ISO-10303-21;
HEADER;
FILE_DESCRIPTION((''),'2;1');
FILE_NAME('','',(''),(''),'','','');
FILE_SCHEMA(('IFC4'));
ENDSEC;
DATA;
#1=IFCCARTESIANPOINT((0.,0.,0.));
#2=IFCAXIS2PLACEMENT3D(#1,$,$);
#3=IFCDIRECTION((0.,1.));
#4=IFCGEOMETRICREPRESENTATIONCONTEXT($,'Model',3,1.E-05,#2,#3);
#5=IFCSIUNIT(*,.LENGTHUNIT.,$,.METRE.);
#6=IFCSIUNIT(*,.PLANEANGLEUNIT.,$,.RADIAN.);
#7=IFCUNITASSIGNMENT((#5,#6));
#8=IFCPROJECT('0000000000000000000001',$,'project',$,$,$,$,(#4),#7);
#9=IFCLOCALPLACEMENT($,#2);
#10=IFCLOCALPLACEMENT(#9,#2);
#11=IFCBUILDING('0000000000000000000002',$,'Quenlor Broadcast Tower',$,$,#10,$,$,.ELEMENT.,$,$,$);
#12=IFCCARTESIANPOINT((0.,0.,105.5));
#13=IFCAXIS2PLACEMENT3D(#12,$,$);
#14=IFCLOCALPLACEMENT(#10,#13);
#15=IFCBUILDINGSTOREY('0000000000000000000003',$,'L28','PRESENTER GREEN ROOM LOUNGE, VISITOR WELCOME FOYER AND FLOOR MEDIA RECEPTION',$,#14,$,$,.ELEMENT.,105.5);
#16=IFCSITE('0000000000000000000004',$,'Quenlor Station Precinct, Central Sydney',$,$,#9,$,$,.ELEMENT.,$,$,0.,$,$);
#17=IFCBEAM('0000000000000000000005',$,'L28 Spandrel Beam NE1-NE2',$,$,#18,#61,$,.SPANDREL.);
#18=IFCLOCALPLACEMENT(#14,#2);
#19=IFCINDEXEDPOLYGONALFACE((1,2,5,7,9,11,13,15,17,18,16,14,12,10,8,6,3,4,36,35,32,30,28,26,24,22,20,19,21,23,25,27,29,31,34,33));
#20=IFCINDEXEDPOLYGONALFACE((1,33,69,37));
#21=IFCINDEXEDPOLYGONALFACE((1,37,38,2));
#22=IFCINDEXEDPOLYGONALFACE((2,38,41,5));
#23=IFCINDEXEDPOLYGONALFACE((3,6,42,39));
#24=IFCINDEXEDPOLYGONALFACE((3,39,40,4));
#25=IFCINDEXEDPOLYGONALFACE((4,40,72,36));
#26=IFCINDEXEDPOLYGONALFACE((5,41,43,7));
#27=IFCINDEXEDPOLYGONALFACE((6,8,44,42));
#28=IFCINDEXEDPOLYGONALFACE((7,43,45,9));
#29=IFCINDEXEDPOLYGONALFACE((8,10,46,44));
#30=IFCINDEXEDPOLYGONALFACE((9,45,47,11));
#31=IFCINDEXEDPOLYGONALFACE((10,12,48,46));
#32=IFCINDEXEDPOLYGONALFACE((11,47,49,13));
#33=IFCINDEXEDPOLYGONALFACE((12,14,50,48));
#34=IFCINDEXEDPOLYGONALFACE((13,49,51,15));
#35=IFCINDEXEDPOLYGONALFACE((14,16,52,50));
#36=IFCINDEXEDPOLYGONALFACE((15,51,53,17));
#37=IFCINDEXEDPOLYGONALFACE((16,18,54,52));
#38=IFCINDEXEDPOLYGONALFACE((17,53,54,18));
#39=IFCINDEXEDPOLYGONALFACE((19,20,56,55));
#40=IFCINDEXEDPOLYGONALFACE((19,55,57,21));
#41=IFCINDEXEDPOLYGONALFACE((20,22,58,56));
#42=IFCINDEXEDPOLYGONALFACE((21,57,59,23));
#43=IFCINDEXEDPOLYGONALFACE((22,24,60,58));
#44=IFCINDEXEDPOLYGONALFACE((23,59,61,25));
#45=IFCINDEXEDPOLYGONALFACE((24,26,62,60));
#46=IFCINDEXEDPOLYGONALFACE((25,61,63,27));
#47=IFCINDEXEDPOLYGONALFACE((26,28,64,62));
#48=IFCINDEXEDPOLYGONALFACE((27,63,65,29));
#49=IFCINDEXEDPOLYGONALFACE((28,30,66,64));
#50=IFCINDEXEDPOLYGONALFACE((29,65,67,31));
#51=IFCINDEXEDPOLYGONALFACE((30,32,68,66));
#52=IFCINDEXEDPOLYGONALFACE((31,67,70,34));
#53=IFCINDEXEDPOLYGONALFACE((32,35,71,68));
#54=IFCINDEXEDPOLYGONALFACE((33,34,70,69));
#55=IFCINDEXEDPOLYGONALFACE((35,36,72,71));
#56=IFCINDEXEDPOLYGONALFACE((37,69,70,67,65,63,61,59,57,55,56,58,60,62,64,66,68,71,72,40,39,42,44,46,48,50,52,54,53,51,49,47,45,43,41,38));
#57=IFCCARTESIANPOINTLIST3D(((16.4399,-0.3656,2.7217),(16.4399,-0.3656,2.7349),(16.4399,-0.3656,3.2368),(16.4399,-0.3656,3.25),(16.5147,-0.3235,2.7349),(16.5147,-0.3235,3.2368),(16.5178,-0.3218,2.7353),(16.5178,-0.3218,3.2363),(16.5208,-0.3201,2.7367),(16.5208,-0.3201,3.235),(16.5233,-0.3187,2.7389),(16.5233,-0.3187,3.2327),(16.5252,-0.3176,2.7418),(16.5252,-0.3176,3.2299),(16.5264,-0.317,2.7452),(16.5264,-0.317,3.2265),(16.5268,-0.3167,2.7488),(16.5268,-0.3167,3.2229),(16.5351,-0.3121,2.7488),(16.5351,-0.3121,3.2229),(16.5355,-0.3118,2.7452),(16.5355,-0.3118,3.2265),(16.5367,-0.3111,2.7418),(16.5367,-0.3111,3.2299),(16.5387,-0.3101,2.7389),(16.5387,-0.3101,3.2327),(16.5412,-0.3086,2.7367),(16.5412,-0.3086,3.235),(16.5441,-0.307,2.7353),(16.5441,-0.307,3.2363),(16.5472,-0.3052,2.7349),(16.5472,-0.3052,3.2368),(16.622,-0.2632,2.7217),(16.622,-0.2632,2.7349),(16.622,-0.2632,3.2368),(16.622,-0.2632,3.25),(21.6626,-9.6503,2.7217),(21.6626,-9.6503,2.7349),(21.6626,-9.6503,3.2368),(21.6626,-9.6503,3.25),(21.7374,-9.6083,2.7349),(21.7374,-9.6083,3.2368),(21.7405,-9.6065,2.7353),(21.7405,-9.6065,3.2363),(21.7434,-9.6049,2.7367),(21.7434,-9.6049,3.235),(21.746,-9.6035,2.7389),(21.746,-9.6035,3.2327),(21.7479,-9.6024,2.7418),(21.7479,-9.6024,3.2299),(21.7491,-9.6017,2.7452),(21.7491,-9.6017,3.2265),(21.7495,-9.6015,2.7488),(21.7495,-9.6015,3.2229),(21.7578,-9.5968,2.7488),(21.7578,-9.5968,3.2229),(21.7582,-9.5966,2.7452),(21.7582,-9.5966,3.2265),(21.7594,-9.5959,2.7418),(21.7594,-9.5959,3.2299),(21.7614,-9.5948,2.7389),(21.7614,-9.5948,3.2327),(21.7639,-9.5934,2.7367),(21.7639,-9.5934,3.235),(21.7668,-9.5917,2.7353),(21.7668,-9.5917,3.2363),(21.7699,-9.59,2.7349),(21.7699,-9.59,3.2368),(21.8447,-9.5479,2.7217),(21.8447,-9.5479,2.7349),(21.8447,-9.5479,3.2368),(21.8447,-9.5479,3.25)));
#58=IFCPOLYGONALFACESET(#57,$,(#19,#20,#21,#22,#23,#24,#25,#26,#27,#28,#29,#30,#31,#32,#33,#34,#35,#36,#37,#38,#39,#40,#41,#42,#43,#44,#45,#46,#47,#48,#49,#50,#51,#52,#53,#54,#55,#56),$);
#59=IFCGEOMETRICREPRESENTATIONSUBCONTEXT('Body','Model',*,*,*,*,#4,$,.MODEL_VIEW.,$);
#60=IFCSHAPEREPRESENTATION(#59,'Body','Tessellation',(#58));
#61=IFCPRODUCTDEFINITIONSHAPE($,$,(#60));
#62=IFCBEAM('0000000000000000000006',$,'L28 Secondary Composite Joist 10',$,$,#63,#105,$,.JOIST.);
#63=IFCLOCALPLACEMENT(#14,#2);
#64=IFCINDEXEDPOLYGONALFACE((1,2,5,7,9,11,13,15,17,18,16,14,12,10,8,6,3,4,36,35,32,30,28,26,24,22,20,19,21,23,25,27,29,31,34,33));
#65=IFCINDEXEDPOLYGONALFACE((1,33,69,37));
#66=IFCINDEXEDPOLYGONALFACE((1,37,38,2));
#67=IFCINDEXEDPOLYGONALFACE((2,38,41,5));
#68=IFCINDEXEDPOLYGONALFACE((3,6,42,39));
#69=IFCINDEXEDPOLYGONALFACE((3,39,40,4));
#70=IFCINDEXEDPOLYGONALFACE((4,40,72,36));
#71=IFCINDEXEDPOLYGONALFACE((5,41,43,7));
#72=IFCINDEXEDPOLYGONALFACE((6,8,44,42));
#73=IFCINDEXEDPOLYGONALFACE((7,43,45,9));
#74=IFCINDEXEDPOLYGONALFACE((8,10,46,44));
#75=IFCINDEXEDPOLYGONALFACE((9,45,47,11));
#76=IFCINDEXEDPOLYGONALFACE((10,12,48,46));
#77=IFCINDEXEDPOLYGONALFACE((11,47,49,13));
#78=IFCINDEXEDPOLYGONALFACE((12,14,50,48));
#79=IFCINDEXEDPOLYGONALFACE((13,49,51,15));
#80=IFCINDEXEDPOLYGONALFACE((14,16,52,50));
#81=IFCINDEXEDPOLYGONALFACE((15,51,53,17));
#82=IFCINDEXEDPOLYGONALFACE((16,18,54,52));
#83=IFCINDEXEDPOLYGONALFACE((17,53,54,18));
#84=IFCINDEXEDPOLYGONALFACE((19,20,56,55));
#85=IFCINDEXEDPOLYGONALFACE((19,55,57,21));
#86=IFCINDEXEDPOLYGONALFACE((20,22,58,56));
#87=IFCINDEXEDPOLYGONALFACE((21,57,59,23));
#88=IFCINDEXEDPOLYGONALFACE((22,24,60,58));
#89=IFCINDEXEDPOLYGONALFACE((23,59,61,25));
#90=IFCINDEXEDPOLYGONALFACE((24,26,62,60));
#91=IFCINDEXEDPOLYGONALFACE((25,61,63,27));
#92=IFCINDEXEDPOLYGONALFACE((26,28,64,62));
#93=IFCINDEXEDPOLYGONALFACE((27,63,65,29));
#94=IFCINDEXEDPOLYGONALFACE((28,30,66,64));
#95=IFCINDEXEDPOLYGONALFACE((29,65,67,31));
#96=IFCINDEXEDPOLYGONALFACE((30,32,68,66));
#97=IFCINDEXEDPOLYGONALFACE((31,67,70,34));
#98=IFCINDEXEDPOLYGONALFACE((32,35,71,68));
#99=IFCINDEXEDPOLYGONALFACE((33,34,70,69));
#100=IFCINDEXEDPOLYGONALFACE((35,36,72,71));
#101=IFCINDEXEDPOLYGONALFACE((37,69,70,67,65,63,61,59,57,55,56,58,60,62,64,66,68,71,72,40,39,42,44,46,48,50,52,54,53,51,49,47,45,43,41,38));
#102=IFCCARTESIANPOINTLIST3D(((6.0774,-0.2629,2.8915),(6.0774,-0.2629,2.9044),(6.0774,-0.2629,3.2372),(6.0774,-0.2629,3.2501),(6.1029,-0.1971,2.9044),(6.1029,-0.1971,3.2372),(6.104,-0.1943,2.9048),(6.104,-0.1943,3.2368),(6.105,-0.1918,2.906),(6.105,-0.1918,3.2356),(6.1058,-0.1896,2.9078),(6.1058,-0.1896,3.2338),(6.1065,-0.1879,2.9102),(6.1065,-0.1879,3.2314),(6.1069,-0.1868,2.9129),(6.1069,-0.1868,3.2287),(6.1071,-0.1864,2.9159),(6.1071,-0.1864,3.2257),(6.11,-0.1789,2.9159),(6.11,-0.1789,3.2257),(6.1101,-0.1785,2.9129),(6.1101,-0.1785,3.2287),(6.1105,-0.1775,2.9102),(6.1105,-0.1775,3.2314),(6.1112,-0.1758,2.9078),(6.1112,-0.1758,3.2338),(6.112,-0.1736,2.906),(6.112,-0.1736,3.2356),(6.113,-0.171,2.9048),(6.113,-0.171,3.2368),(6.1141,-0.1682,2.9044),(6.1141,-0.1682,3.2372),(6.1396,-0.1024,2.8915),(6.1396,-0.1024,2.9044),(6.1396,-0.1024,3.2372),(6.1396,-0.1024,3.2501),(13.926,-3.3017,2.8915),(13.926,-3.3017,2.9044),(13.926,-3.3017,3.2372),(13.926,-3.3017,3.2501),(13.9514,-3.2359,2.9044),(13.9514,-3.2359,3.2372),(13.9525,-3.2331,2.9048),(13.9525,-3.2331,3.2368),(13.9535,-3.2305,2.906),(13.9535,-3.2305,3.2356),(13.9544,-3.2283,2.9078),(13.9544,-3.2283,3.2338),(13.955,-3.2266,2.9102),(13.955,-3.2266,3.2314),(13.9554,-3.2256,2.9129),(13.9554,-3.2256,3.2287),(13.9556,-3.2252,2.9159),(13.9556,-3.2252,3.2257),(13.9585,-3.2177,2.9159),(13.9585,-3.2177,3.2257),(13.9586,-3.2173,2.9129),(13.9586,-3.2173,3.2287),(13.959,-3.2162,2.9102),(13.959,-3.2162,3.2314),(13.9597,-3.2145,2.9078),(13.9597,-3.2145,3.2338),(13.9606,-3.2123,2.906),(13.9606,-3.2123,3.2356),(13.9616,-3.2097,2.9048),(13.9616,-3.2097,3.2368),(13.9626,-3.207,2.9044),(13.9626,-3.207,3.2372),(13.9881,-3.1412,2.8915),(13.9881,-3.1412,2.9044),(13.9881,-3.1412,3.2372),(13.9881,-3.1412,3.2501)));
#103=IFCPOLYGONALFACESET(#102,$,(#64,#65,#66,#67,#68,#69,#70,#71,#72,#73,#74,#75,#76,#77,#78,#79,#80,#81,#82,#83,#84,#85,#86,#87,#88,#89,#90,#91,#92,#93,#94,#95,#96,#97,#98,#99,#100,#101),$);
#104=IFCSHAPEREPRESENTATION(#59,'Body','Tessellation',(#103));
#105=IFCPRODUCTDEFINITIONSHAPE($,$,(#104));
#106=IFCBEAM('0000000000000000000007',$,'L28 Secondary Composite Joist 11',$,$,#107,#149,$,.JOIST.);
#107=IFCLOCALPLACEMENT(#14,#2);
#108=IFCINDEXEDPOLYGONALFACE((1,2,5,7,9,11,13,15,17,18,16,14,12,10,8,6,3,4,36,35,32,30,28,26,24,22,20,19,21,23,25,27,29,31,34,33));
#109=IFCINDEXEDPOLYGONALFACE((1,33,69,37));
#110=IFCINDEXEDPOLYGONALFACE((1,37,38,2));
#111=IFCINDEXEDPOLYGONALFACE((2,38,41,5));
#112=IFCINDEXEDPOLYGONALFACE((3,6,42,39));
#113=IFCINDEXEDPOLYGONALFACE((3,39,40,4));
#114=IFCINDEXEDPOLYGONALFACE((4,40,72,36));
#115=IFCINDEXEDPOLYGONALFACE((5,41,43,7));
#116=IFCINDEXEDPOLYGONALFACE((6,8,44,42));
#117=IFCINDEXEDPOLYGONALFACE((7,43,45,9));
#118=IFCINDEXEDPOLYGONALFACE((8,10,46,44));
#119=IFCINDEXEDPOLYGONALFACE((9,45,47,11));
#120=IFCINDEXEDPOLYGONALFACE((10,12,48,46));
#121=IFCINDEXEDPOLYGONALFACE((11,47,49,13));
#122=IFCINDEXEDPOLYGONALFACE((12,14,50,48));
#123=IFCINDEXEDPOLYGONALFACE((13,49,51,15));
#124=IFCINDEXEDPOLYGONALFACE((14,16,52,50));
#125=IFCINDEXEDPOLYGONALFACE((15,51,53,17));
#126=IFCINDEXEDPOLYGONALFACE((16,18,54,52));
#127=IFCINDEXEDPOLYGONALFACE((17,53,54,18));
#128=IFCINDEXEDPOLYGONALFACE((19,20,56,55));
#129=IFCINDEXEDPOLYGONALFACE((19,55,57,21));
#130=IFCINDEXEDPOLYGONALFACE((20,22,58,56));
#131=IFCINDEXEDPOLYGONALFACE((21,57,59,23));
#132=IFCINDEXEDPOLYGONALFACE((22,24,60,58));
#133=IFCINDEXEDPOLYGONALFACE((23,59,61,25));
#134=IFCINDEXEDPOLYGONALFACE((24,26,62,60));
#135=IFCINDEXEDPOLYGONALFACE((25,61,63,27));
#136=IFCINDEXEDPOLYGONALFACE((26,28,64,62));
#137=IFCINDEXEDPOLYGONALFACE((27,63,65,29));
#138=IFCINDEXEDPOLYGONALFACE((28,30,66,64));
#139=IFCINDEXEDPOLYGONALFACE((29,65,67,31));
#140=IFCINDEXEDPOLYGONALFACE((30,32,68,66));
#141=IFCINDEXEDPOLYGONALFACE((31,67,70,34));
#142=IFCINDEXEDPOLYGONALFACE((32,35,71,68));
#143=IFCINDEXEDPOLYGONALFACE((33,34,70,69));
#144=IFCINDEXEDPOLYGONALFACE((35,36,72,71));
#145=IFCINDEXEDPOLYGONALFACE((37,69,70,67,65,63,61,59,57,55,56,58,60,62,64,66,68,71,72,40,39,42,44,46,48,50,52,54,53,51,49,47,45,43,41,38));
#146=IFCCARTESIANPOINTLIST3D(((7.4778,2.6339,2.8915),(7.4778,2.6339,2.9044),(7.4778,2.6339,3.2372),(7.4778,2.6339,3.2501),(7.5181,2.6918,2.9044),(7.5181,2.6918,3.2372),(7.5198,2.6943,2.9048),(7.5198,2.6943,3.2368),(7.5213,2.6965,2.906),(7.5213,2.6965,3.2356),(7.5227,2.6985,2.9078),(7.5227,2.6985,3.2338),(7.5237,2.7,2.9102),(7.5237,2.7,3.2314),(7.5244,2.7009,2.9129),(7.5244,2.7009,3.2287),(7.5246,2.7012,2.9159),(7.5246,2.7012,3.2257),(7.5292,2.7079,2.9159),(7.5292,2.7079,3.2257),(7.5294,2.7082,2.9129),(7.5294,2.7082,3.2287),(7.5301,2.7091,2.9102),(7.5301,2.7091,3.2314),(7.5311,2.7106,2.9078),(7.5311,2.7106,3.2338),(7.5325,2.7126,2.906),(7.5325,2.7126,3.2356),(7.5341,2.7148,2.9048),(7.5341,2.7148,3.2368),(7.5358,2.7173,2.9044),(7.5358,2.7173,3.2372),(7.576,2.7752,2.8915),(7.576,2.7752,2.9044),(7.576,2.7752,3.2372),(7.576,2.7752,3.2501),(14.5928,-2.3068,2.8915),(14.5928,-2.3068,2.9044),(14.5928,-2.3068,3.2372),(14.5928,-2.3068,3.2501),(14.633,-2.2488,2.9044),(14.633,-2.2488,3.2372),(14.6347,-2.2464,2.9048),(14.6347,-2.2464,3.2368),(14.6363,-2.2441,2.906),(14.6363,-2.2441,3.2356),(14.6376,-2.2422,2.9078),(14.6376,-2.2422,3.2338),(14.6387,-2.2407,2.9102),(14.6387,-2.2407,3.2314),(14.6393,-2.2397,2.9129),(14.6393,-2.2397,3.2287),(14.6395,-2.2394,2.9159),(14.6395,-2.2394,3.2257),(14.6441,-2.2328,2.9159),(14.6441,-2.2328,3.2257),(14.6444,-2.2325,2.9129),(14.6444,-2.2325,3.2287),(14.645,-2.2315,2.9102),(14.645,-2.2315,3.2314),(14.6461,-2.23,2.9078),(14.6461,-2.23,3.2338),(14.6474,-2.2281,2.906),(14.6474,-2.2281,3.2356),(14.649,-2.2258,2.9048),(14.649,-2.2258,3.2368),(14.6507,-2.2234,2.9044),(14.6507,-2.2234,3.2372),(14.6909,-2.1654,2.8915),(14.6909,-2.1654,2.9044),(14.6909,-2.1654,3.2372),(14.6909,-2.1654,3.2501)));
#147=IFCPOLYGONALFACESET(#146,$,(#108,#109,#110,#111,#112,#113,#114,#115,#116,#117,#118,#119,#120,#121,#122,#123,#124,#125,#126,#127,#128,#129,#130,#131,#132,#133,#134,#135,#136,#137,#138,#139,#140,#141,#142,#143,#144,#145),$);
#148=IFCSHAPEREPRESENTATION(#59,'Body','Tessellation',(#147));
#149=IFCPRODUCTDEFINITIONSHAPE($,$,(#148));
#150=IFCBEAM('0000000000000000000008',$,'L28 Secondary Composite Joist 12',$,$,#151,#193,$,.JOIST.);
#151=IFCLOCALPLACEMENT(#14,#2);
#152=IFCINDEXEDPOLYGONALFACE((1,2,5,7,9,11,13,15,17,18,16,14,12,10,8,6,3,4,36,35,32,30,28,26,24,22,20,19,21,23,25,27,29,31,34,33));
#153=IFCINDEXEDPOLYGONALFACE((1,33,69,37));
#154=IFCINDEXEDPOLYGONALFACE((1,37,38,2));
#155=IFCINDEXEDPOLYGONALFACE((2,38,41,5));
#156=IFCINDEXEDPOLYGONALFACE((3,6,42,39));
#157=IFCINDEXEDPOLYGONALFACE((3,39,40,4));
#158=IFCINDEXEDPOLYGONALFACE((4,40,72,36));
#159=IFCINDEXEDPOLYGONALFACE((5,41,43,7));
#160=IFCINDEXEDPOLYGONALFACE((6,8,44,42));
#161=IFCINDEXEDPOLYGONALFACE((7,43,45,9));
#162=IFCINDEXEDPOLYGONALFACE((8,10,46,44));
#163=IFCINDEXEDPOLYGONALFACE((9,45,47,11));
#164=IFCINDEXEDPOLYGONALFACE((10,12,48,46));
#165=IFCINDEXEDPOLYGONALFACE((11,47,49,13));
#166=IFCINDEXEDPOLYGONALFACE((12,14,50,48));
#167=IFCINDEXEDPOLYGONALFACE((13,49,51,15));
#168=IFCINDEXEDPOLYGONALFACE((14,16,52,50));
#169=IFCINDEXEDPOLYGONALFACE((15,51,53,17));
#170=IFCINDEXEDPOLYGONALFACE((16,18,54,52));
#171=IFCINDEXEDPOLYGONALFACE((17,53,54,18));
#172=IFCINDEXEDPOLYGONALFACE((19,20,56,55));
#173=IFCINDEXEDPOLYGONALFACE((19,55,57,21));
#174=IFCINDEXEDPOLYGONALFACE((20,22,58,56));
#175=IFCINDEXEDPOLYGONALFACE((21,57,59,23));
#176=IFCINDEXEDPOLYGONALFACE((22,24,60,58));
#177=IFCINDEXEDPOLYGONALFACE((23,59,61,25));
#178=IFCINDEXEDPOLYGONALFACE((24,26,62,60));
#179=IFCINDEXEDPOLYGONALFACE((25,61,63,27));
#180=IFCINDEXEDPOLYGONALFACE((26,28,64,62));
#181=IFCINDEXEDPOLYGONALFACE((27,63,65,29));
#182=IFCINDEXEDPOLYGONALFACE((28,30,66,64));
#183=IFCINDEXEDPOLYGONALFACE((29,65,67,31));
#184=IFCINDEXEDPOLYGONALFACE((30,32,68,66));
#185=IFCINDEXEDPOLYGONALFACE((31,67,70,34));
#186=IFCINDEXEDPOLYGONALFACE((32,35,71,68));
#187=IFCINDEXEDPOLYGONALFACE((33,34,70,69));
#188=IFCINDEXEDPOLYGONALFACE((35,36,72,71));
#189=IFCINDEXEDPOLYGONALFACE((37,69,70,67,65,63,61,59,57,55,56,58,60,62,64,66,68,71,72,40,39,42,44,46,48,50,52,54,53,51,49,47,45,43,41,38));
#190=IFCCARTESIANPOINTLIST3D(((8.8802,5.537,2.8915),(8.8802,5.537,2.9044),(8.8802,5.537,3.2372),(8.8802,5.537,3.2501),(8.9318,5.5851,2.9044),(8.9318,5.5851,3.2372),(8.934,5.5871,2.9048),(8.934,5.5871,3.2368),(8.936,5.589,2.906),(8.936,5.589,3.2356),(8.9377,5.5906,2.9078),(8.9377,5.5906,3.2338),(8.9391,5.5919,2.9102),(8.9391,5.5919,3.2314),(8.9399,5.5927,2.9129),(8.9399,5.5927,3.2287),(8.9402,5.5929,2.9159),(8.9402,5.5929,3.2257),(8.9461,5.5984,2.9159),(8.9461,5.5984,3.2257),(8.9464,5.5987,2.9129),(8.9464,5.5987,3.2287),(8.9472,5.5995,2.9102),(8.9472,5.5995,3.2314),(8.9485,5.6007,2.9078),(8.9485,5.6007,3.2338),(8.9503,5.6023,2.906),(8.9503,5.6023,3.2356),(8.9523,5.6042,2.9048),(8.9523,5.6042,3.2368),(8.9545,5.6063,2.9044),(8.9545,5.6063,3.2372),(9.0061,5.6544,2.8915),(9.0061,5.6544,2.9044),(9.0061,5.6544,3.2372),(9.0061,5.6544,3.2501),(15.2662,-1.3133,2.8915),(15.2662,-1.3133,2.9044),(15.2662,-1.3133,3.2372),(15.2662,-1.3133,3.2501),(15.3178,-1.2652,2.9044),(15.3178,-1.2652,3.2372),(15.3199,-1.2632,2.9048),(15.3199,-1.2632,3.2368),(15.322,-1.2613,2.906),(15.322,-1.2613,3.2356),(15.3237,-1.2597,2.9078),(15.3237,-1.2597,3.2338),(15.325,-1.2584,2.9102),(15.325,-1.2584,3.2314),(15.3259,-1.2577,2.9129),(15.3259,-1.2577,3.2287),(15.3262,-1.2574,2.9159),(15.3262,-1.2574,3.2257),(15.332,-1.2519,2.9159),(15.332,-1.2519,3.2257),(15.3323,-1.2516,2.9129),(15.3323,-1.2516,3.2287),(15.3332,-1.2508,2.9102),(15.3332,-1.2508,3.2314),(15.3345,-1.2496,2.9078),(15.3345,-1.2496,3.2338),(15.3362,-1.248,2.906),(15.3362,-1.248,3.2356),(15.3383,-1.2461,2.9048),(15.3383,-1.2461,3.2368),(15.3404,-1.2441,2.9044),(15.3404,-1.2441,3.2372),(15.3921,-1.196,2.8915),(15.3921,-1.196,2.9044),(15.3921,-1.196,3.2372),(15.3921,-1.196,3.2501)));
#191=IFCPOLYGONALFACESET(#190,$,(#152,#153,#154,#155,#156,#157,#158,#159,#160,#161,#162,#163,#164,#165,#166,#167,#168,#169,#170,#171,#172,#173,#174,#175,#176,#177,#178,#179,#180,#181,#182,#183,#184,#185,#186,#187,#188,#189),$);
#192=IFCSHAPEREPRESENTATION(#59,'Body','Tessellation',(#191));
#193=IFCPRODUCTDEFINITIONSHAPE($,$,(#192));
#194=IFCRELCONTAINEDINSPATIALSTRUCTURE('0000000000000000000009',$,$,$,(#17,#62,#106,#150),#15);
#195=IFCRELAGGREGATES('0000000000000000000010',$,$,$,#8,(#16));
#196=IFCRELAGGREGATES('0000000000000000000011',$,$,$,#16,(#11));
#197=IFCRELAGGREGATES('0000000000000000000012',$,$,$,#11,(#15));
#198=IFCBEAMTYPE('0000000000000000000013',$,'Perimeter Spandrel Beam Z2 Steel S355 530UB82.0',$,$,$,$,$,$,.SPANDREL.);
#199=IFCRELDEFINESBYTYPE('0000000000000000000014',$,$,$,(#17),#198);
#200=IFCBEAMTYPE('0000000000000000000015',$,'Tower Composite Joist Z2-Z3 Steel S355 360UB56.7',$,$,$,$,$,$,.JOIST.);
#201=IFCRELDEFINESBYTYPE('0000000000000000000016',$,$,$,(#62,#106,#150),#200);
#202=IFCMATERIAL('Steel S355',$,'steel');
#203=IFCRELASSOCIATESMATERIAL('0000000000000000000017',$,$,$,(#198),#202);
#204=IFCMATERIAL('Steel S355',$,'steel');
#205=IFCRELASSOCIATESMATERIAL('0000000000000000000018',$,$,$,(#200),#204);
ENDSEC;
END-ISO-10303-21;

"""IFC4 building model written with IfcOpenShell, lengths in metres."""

from ifc_helpers import new_model, si_unit, direction, frame, origin, origin_2d, place, context, subcontext, project, spatial, i_section, extrude, material, material_profile, profile_set, type_object, element, save


model = new_model("IFC4")

# Units and contexts
model_context = context("Model", 3, precision=1e-05, world=origin(), true_north=direction((0.0, 1.0)))
body_context = subcontext(model_context, "Body", "Model", "MODEL_VIEW")
ifc_project = project(units=[si_unit("LENGTHUNIT", "METRE"), si_unit("PLANEANGLEUNIT", "RADIAN")], contexts=[model_context])

# Site, building, storey
site_placement = place(None, origin())
site = spatial("IfcSite", under=ifc_project, at=site_placement, Name="Quenlor Station Precinct, Central Sydney", CompositionType="ELEMENT", RefElevation=0.0)
building_placement = place(site_placement, origin())
building = spatial("IfcBuilding", under=site, at=building_placement, Name="Quenlor Broadcast Tower", CompositionType="ELEMENT")
storey_placement = place(building_placement, frame((0.0, 0.0, 105.5)))
storey = spatial("IfcBuildingStorey", under=building, at=storey_placement, Name="L28", Description="PRESENTER GREEN ROOM LOUNGE, VISITOR WELCOME FOYER AND FLOOR MEDIA RECEPTION", CompositionType="ELEMENT", Elevation=105.5)

# Beams
ifc_material_1 = material(Name="Steel S355", Category="steel")
ifc_material_profile_1 = material_profile(ifc_material_1, i_section(OverallWidth=0.209, OverallDepth=0.5283, WebThickness=0.0095, FlangeThickness=0.0132, FilletRadius=0.0139, at=origin_2d()))
ifc_profile_set_1 = profile_set([ifc_material_profile_1], Name="Steel S355 530UB82.0")
beam_type_1 = type_object("IfcBeamType", Name="Perimeter Spandrel Beam Z2 Steel S355 530UB82.0", PredefinedType="SPANDREL", material=ifc_profile_set_1)
beam_1_placement = place(storey_placement, frame((21.7537, -9.5991, 2.9858), z_axis=(-0.490263, 0.871574, 0.0), x_axis=(-0.871574, -0.490263, 0.0)))
element("IfcBeam", 1, at=beam_1_placement, inside=storey, type_object=beam_type_1, Name="L28 Spandrel Beam NE1-NE2", PredefinedType="SPANDREL", context=body_context, shape_type="SweptSolid", body=[
    extrude(i_section(OverallWidth=0.209, OverallDepth=0.5283, WebThickness=0.0095, FlangeThickness=0.0132, FilletRadius=0.0139, at=origin_2d()), origin(), (0.0, 0.0, 1.0), 10.6528),
])
ifc_material_2 = material(Name="Steel S355", Category="steel")
ifc_material_profile_2 = material_profile(ifc_material_2, i_section(OverallWidth=0.1721, OverallDepth=0.3586, WebThickness=0.0081, FlangeThickness=0.0129, FilletRadius=0.0115, at=origin_2d()))
ifc_profile_set_2 = profile_set([ifc_material_profile_2], Name="Steel S355 360UB56.7")
beam_type_2 = type_object("IfcBeamType", Name="Tower Composite Joist Z2-Z3 Steel S355 360UB56.7", PredefinedType="JOIST", material=ifc_profile_set_2)
beam_2_placement = place(storey_placement, frame((13.957, -3.2214, 3.0708), z_axis=(-0.932543, 0.36106, 0.0), x_axis=(-0.36106, -0.932543, 0.0)))
element("IfcBeam", 2, at=beam_2_placement, inside=storey, type_object=beam_type_2, Name="L28 Secondary Composite Joist 10", PredefinedType="JOIST", context=body_context, shape_type="SweptSolid", body=[
    extrude(i_section(OverallWidth=0.1721, OverallDepth=0.3586, WebThickness=0.0081, FlangeThickness=0.0129, FilletRadius=0.0115, at=origin_2d()), origin(), (0.0, 0.0, 1.0), 8.4163),
])
beam_3_placement = place(storey_placement, frame((14.6418, -2.2361, 3.0708), z_axis=(-0.821386, 0.570373, 0.0), x_axis=(-0.570373, -0.821386, 0.0)))
element("IfcBeam", 3, at=beam_3_placement, inside=storey, type_object=beam_type_2, Name="L28 Secondary Composite Joist 11", PredefinedType="JOIST", context=body_context, shape_type="SweptSolid", body=[
    extrude(i_section(OverallWidth=0.1721, OverallDepth=0.3586, WebThickness=0.0081, FlangeThickness=0.0129, FilletRadius=0.0115, at=origin_2d()), origin(), (0.0, 0.0, 1.0), 8.6621),
])
beam_4_placement = place(storey_placement, frame((15.3291, -1.2546, 3.0708), z_axis=(-0.681881, 0.731463, 0.0), x_axis=(-0.731463, -0.681881, 0.0)))
element("IfcBeam", 4, at=beam_4_placement, inside=storey, type_object=beam_type_2, Name="L28 Secondary Composite Joist 12", PredefinedType="JOIST", context=body_context, shape_type="SweptSolid", body=[
    extrude(i_section(OverallWidth=0.1721, OverallDepth=0.3586, WebThickness=0.0081, FlangeThickness=0.0129, FilletRadius=0.0115, at=origin_2d()), origin(), (0.0, 0.0, 1.0), 9.3652),
])

save(model, "model.ifc")
